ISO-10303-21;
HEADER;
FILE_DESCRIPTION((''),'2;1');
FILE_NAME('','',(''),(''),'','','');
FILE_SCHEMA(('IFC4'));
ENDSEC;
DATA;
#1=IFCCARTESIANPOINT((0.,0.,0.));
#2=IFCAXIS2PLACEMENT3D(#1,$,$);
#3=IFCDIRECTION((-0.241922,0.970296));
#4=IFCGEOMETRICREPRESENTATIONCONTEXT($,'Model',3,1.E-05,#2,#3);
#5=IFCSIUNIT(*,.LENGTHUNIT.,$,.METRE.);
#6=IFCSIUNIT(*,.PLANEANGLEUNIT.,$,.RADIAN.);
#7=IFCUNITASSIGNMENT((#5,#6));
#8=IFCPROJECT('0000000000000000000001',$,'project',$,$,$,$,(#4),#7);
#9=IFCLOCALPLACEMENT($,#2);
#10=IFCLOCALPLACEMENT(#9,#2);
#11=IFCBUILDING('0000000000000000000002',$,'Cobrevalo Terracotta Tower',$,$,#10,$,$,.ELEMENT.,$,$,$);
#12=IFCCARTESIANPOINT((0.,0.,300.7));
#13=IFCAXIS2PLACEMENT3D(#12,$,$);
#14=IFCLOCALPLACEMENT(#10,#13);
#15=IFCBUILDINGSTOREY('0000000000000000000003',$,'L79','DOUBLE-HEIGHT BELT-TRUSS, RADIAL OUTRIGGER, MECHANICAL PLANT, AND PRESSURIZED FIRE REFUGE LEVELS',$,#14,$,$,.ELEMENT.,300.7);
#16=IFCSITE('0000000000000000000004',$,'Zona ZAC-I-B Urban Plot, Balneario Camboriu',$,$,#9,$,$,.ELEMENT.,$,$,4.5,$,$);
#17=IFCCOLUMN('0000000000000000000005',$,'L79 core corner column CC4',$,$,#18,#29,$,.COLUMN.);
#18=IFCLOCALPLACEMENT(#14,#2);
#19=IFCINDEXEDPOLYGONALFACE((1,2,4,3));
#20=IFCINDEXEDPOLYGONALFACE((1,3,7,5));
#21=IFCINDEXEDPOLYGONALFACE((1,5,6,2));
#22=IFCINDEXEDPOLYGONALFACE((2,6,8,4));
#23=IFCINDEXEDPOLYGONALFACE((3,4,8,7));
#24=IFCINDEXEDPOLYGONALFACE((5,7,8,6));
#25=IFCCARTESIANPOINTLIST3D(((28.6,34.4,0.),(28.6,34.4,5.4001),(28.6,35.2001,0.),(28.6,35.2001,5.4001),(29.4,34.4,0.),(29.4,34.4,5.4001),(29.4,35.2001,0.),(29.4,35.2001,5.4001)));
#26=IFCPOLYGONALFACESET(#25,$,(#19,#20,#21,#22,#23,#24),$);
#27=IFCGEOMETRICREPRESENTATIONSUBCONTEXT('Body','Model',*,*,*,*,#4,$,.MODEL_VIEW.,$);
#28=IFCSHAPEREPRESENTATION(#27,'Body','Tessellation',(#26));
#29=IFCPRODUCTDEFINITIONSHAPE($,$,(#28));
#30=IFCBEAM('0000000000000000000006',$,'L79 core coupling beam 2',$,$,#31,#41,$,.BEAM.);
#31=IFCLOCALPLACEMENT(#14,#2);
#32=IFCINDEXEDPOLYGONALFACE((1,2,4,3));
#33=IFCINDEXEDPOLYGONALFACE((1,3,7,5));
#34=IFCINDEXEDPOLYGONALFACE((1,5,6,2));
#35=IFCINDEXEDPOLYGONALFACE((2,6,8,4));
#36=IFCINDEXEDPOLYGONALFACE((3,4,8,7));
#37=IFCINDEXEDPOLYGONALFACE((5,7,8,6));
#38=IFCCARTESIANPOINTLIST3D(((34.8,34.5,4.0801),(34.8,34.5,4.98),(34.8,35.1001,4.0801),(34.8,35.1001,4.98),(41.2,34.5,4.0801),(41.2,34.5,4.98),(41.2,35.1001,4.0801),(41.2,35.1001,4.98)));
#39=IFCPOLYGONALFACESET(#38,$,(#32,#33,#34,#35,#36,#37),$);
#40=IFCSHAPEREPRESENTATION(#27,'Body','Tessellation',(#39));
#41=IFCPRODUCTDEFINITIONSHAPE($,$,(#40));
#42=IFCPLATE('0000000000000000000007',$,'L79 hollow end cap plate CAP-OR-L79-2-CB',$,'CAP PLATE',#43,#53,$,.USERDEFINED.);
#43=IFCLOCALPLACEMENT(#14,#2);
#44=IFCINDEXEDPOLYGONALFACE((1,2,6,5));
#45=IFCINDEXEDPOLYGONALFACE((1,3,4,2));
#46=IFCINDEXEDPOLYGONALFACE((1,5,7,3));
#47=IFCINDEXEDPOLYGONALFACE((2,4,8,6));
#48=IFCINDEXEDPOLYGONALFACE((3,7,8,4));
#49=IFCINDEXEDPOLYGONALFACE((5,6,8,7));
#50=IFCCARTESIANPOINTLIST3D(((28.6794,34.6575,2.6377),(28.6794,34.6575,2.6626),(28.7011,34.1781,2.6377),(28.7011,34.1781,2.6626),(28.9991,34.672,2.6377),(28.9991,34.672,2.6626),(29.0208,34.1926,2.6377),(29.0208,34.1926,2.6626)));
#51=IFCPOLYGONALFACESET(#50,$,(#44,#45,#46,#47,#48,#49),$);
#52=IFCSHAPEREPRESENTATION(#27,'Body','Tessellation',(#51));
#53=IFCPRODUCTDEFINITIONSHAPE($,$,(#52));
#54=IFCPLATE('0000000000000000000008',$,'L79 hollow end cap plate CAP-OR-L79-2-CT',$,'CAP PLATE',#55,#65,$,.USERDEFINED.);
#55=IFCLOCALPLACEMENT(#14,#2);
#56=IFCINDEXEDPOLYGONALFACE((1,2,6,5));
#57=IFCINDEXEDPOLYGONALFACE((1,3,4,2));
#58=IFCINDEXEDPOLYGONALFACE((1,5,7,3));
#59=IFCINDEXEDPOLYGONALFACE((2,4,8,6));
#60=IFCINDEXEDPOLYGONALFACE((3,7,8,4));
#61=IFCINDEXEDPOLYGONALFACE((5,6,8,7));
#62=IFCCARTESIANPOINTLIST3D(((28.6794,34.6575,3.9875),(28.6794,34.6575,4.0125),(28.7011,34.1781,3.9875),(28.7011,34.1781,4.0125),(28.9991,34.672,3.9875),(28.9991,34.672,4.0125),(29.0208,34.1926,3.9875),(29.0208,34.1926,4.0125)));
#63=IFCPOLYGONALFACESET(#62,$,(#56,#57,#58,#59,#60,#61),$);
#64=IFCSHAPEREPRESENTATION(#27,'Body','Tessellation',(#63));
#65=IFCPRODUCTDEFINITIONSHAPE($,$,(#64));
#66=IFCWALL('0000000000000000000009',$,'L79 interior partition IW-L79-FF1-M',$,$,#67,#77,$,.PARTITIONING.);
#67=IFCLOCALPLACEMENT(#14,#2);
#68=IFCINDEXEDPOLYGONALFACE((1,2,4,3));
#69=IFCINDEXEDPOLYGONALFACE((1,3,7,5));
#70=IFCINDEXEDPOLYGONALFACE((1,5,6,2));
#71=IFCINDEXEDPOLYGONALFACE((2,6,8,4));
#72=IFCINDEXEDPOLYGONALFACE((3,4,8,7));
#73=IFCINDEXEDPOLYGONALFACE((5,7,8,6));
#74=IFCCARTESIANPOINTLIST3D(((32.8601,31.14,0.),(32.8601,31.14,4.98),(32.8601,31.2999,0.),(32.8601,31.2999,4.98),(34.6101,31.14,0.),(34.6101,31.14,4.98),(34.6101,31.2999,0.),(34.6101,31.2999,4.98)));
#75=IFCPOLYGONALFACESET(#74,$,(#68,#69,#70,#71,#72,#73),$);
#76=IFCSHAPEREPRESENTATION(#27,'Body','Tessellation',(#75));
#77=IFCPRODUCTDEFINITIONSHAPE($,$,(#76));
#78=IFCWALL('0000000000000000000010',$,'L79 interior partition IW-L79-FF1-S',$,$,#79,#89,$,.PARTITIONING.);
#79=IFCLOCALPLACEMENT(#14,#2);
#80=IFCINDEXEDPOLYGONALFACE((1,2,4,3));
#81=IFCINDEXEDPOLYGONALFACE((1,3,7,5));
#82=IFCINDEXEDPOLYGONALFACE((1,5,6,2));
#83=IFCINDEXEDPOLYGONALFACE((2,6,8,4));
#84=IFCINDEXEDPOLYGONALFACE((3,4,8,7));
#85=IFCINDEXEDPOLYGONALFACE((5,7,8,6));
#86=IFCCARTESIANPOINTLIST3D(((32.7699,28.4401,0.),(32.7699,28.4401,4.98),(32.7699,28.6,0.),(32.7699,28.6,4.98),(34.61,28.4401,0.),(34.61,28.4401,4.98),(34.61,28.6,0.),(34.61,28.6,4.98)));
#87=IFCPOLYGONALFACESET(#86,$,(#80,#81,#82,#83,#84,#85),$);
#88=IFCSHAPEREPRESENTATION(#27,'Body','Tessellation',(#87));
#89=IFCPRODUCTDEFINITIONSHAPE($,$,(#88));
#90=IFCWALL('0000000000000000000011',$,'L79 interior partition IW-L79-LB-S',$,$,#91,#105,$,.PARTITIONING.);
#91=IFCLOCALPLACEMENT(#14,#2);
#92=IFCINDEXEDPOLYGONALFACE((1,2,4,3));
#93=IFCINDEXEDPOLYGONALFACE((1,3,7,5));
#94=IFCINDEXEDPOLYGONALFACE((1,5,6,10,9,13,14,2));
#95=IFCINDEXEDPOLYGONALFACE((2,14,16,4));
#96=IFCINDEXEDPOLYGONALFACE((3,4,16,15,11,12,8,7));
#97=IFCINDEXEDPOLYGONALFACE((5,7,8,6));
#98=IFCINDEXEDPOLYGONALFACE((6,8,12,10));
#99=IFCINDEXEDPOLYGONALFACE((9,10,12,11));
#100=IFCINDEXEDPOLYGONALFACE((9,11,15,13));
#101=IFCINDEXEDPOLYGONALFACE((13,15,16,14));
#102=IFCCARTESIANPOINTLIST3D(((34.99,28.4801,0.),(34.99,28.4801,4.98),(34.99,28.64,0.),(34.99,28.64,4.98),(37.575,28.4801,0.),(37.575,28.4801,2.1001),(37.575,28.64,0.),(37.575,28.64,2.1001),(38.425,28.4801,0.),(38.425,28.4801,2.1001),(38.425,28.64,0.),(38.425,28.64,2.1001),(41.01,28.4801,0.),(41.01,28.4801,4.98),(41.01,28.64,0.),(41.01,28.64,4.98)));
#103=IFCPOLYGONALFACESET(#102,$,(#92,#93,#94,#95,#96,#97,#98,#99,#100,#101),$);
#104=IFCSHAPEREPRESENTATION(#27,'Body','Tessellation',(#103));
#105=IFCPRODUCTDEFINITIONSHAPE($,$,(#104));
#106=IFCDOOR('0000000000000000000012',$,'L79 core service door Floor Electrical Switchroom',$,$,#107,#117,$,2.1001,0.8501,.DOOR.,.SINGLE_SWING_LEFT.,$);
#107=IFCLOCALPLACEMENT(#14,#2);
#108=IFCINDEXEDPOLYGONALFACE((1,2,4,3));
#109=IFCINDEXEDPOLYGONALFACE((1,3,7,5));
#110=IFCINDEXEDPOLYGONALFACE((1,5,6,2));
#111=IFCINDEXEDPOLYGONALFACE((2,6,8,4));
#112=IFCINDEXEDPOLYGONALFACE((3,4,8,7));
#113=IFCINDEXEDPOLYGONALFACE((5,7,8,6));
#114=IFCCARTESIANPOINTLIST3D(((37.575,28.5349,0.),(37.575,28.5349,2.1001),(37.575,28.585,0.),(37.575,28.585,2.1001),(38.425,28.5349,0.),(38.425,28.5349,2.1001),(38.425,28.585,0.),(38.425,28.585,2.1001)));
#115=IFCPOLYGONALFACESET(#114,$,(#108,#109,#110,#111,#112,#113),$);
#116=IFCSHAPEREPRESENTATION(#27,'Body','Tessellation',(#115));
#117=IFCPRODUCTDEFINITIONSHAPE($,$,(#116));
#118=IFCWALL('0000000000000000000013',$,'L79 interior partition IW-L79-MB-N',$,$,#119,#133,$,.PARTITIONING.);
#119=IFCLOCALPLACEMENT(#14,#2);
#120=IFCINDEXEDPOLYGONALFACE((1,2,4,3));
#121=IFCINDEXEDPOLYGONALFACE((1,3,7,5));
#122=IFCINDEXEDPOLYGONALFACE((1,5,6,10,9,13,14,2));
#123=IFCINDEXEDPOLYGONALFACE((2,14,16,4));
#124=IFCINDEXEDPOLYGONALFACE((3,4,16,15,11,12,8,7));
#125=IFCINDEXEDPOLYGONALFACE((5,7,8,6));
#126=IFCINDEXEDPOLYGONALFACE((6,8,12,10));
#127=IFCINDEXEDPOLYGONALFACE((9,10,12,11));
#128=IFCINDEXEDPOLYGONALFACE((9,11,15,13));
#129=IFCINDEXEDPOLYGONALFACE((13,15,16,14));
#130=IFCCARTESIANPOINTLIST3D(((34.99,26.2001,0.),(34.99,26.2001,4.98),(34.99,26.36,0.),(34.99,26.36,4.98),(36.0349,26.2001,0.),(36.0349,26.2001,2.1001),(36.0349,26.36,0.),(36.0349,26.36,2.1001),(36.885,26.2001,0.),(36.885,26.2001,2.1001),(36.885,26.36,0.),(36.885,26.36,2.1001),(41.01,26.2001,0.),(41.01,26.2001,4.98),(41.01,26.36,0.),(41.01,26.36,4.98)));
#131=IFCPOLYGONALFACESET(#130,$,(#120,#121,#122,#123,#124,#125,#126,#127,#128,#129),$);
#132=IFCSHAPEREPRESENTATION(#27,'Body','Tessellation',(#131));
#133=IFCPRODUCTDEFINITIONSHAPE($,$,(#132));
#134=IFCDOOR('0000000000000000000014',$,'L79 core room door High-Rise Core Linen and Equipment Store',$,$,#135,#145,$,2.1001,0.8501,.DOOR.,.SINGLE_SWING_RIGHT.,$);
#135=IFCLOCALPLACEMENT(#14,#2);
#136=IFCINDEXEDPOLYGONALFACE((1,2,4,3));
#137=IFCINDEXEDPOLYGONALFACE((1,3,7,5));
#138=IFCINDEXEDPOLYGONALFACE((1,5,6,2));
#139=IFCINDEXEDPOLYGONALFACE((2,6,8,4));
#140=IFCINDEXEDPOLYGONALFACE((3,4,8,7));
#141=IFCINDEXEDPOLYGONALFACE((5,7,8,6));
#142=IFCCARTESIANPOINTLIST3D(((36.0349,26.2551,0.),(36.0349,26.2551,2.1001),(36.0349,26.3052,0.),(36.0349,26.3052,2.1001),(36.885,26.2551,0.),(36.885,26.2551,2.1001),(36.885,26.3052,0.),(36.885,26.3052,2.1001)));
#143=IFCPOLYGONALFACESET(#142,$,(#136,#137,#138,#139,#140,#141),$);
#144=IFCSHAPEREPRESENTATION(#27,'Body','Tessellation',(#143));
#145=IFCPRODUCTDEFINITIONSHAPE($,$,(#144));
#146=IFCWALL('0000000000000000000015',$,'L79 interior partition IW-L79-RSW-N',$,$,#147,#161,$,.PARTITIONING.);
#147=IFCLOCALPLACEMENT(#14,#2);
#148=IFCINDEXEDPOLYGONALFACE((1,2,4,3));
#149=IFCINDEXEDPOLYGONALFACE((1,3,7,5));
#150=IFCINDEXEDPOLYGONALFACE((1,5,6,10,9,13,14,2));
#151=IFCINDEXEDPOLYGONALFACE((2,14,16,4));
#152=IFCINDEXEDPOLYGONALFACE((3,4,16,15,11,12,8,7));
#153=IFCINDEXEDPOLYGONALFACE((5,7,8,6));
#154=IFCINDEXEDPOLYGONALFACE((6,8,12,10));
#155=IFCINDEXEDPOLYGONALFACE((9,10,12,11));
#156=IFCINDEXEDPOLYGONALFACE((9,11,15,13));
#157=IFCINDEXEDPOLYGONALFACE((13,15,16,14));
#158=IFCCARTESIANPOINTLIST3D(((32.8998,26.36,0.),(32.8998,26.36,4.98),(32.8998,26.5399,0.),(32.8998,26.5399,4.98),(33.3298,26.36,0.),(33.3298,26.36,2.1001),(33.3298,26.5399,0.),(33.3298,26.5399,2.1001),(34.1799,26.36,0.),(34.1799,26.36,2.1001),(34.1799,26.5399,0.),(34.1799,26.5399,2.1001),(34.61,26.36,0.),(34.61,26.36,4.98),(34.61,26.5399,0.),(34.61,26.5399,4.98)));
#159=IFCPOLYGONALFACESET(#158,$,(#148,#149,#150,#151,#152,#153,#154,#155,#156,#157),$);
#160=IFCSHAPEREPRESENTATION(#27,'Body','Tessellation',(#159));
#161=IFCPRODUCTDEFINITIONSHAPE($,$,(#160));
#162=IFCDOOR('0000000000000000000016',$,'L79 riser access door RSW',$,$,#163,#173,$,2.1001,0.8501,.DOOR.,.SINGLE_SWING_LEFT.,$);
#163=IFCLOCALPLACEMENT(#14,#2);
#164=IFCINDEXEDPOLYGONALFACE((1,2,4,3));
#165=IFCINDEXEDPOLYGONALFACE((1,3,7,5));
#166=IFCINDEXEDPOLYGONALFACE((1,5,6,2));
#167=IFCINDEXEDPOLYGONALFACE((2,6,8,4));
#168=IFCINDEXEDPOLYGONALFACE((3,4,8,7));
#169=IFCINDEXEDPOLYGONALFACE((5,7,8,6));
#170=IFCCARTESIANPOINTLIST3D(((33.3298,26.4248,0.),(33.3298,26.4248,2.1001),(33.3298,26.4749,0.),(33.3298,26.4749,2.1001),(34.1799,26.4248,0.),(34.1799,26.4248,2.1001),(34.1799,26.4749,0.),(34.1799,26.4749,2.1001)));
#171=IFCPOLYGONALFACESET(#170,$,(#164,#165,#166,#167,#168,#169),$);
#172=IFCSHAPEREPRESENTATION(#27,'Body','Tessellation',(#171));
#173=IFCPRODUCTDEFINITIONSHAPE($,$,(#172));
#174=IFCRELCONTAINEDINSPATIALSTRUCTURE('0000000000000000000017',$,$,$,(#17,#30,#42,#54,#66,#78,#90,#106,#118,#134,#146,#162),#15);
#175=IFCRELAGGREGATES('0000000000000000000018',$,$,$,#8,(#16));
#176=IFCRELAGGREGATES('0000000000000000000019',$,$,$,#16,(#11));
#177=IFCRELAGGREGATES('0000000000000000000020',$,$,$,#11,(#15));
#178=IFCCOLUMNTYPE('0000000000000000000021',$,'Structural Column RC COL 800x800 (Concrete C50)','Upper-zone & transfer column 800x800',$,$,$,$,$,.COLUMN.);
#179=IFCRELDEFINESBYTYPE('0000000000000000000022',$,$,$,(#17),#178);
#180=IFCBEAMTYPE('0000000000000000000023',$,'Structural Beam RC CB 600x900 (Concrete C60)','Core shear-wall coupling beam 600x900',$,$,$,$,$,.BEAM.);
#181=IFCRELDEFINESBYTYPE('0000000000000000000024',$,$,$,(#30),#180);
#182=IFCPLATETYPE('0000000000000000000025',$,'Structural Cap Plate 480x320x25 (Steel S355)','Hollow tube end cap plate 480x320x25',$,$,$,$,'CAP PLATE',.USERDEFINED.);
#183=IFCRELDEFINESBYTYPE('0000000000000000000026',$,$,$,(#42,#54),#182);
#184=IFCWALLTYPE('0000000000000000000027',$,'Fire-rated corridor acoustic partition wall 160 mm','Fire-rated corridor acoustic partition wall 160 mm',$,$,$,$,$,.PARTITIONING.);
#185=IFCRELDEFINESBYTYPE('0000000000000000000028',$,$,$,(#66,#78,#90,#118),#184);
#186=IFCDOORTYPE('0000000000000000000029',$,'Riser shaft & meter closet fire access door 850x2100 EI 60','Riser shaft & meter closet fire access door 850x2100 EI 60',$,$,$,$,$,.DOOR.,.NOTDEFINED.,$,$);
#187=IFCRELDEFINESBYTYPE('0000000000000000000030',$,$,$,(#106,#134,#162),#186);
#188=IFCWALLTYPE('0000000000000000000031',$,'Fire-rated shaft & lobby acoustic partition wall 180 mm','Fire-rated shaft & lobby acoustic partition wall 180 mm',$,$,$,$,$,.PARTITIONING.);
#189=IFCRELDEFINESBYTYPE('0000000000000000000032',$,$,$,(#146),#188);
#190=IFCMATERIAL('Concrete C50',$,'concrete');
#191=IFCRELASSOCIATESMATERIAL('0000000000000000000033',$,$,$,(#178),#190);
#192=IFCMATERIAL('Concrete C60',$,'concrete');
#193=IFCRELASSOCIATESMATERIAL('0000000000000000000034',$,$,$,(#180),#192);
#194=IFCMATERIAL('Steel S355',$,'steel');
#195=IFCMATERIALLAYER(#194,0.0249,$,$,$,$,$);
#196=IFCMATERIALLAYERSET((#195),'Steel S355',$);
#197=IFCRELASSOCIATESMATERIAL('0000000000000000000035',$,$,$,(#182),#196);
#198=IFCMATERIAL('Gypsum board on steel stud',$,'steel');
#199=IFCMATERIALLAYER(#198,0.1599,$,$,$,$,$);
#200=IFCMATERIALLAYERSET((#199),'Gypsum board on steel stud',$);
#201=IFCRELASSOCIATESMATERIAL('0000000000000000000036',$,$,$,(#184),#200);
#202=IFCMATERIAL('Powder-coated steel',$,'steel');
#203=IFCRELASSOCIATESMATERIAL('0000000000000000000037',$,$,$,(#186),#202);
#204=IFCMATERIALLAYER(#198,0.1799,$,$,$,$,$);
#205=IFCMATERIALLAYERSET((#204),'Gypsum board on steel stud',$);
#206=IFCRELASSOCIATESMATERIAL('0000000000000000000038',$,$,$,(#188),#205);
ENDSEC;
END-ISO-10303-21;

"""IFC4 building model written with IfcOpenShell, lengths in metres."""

from ifc_helpers import new_model, si_unit, direction, frame, frame_2d, origin, origin_2d, place, context, subcontext, project, spatial, rectangle, extrude, source, transform, mapped, material, layer, layer_set, material_profile, profile_set, type_object, element, fill, save


model = new_model("IFC4")

# Units and contexts
model_context = context("Model", 3, precision=1e-05, world=origin(), true_north=direction((-0.241922, 0.970296)))
body_context = subcontext(model_context, "Body", "Model", "MODEL_VIEW")
ifc_project = project(units=[si_unit("LENGTHUNIT", "METRE"), si_unit("PLANEANGLEUNIT", "RADIAN")], contexts=[model_context])

# Site, building, storey
site_placement = place(None, origin())
site = spatial("IfcSite", under=ifc_project, at=site_placement, Name="Zona ZAC-I-B Urban Plot, Balneario Camboriu", CompositionType="ELEMENT", RefElevation=4.5)
building_placement = place(site_placement, origin())
building = spatial("IfcBuilding", under=site, at=building_placement, Name="Cobrevalo Terracotta Tower", CompositionType="ELEMENT")
storey_placement = place(building_placement, frame((0.0, 0.0, 300.7)))
storey = spatial("IfcBuildingStorey", under=building, at=storey_placement, Name="L79", Description="DOUBLE-HEIGHT BELT-TRUSS, RADIAL OUTRIGGER, MECHANICAL PLANT, AND PRESSURIZED FIRE REFUGE LEVELS", CompositionType="ELEMENT", Elevation=300.7)

# Column
ifc_material_1 = material(Name="Concrete C50", Category="concrete")
ifc_material_profile_1 = material_profile(ifc_material_1, rectangle(XDim=0.8, YDim=0.8, at=origin_2d()), Name="RC COL 800x800")
ifc_profile_set_1 = profile_set([ifc_material_profile_1], Name="Concrete C50")
column_type = type_object("IfcColumnType", Name="Structural Column RC COL 800x800 (Concrete C50)", Description="Upper-zone & transfer column 800x800", PredefinedType="COLUMN", material=ifc_profile_set_1)
column_placement = place(storey_placement, frame((29.0, 34.8, 0.0), z_axis=(0.0, 0.0, 1.0), x_axis=(1.0, 0.0, 0.0)))
element("IfcColumn", 1, at=column_placement, inside=storey, type_object=column_type, Name="L79 core corner column CC4", PredefinedType="COLUMN", context=body_context, shape_type="SweptSolid", body=[
    extrude(rectangle(XDim=0.8, YDim=0.8, at=origin_2d()), origin(), (0.0, 0.0, 1.0), 5.4001),
])

# Beam
ifc_material_2 = material(Name="Concrete C60", Category="concrete")
ifc_material_profile_2 = material_profile(ifc_material_2, rectangle(XDim=0.6001, YDim=0.8999, at=origin_2d()), Name="RC CB 600x900")
ifc_profile_set_2 = profile_set([ifc_material_profile_2], Name="Concrete C60")
beam_type = type_object("IfcBeamType", Name="Structural Beam RC CB 600x900 (Concrete C60)", Description="Core shear-wall coupling beam 600x900", PredefinedType="BEAM", material=ifc_profile_set_2)
beam_placement = place(storey_placement, frame((34.8, 34.8, 4.53), z_axis=(1.0, 0.0, 0.0), x_axis=(0.0, 1.0, 0.0)))
element("IfcBeam", 2, at=beam_placement, inside=storey, type_object=beam_type, Name="L79 core coupling beam 2", PredefinedType="BEAM", context=body_context, shape_type="SweptSolid", body=[
    extrude(rectangle(XDim=0.6001, YDim=0.8999, at=origin_2d()), origin(), (0.0, 0.0, 1.0), 6.3999),
])

# Plates
ifc_material_3 = material(Name="Steel S355", Category="steel")
ifc_layer_1 = layer(ifc_material_3, 0.0249)
ifc_layer_set_1 = layer_set([ifc_layer_1], Name="Steel S355")
plate_type = type_object("IfcPlateType", Name="Structural Cap Plate 480x320x25 (Steel S355)", Description="Hollow tube end cap plate 480x320x25", ElementType="CAP PLATE", PredefinedType="USERDEFINED", material=ifc_layer_set_1)
shared_shape_1 = source(origin(), body_context, "Body", "SweptSolid", [
    extrude(rectangle(XDim=0.48, YDim=0.3201, at=origin_2d()), origin(), (0.0, 0.0, 1.0), 0.0249),
])
for number, where, z_axis, x_axis, name in (
    (3, (28.8501, 34.425, 2.6377), (0.0, 0.0, 1.0), (-0.045298, 0.998973, 0.0), "L79 hollow end cap plate CAP-OR-L79-2-CB"),
    (4, (28.8501, 34.425, 3.9875), (0.0, 0.0, 1.0), (-0.045298, 0.998973, 0.0), "L79 hollow end cap plate CAP-OR-L79-2-CT"),
):
    element("IfcPlate", number, at=place(storey_placement, frame(where, z_axis=z_axis, x_axis=x_axis)), inside=storey, type_object=plate_type, Name=name, ObjectType="CAP PLATE", PredefinedType="USERDEFINED", context=body_context, shape_type="MappedRepresentation", body=[
        mapped(shared_shape_1, transform((0.0, 0.0, 0.0), scale=1.0)),
    ])

# Walls
ifc_material_4 = material(Name="Gypsum board on steel stud", Category="steel")
ifc_layer_2 = layer(ifc_material_4, 0.1599)
ifc_layer_set_2 = layer_set([ifc_layer_2], Name="Gypsum board on steel stud")
wall_type_1 = type_object("IfcWallType", Name="Fire-rated corridor acoustic partition wall 160 mm", Description="Fire-rated corridor acoustic partition wall 160 mm", PredefinedType="PARTITIONING", material=ifc_layer_set_2)
wall_1_placement = place(storey_placement, frame((32.8601, 31.22, 0.0), z_axis=(0.0, 0.0, 1.0), x_axis=(1.0, 0.0, 0.0)))
element("IfcWall", 5, at=wall_1_placement, inside=storey, type_object=wall_type_1, Name="L79 interior partition IW-L79-FF1-M", PredefinedType="PARTITIONING", context=body_context, shape_type="SweptSolid", body=[
    extrude(rectangle(XDim=1.75, YDim=0.1599, at=frame_2d((0.875, 0.0))), origin(), (0.0, 0.0, 1.0), 4.98),
])
wall_2_placement = place(storey_placement, frame((32.77, 28.52, 0.0), z_axis=(0.0, 0.0, 1.0), x_axis=(1.0, 0.0, 0.0)))
element("IfcWall", 6, at=wall_2_placement, inside=storey, type_object=wall_type_1, Name="L79 interior partition IW-L79-FF1-S", PredefinedType="PARTITIONING", context=body_context, shape_type="SweptSolid", body=[
    extrude(rectangle(XDim=1.8401, YDim=0.1599, at=frame_2d((0.9199, 0.0))), origin(), (0.0, 0.0, 1.0), 4.98),
])

# Walls, openings, doors
wall_3_placement = place(storey_placement, frame((34.99, 28.5601, 0.0), z_axis=(0.0, 0.0, 1.0), x_axis=(1.0, 0.0, 0.0)))
wall_3 = element("IfcWall", 7, at=wall_3_placement, inside=storey, type_object=wall_type_1, Name="L79 interior partition IW-L79-LB-S", PredefinedType="PARTITIONING", context=body_context, shape_type="SweptSolid", body=[
    extrude(rectangle(XDim=6.02, YDim=0.1599, at=frame_2d((3.01, 0.0))), origin(), (0.0, 0.0, 1.0), 4.98),
])
opening_1_placement = place(wall_3_placement, frame((2.585, 0.0, 0.0)))
opening_1 = element("IfcOpeningElement", 8, at=opening_1_placement, cuts=wall_3, PredefinedType="OPENING", context=body_context, shape_type="SweptSolid", body=[
    extrude(rectangle(XDim=0.8501, YDim=2.1001, at=frame_2d((0.425, 1.05))), frame((0.0, 0.0898, 0.0), z_axis=(0.0, -1.0, 0.0), x_axis=(1.0, 0.0, 0.0)), (0.0, 0.0, 1.0), 0.1799),
])
ifc_material_5 = material(Name="Powder-coated steel", Category="steel")
door_type_1 = type_object("IfcDoorType", Name="Riser shaft & meter closet fire access door 850x2100 EI 60", Description="Riser shaft & meter closet fire access door 850x2100 EI 60", OperationType="NOTDEFINED", PredefinedType="DOOR", material=ifc_material_5)
shared_shape_2 = source(origin(), body_context, "Body", "SweptSolid", [
    extrude(rectangle(XDim=0.8501, YDim=2.1001, at=frame_2d((0.425, 1.05))), frame((0.0, 0.0249, 0.0), z_axis=(0.0, -1.0, 0.0), x_axis=(1.0, 0.0, 0.0)), (0.0, 0.0, 1.0), 0.05),
])
door_1_placement = place(opening_1_placement, origin())
door_1 = element("IfcDoor", 9, at=door_1_placement, inside=storey, type_object=door_type_1, Name="L79 core service door Floor Electrical Switchroom", OperationType="SINGLE_SWING_LEFT", OverallHeight=2.1001, OverallWidth=0.8501, PredefinedType="DOOR", context=body_context, shape_type="MappedRepresentation", body=[
    mapped(shared_shape_2, transform((0.0, 0.0, 0.0), scale=1.0)),
])
fill(opening_1, door_1)
wall_4_placement = place(storey_placement, frame((34.99, 26.28, 0.0), z_axis=(0.0, 0.0, 1.0), x_axis=(1.0, 0.0, 0.0)))
wall_4 = element("IfcWall", 10, at=wall_4_placement, inside=storey, type_object=wall_type_1, Name="L79 interior partition IW-L79-MB-N", PredefinedType="PARTITIONING", context=body_context, shape_type="SweptSolid", body=[
    extrude(rectangle(XDim=6.02, YDim=0.1599, at=frame_2d((3.01, 0.0))), origin(), (0.0, 0.0, 1.0), 4.98),
])
opening_2_placement = place(wall_4_placement, frame((1.0449, 0.0, 0.0)))
opening_2 = element("IfcOpeningElement", 11, at=opening_2_placement, cuts=wall_4, PredefinedType="OPENING", context=body_context, shape_type="SweptSolid", body=[
    extrude(rectangle(XDim=0.8501, YDim=2.1001, at=frame_2d((0.425, 1.05))), frame((0.0, 0.0898, 0.0), z_axis=(0.0, -1.0, 0.0), x_axis=(1.0, 0.0, 0.0)), (0.0, 0.0, 1.0), 0.1799),
])
door_2_placement = place(opening_2_placement, frame((0.8501, 0.0, 0.0), z_axis=(0.0, 0.0, 1.0), x_axis=(-1.0, 0.0, 0.0)))
door_2 = element("IfcDoor", 12, at=door_2_placement, inside=storey, type_object=door_type_1, Name="L79 core room door High-Rise Core Linen and Equipment Store", OperationType="SINGLE_SWING_RIGHT", OverallHeight=2.1001, OverallWidth=0.8501, PredefinedType="DOOR", context=body_context, shape_type="MappedRepresentation", body=[
    mapped(shared_shape_2, transform((0.0, 0.0, 0.0), scale=1.0)),
])
fill(opening_2, door_2)
ifc_layer_3 = layer(ifc_material_4, 0.1799)
ifc_layer_set_3 = layer_set([ifc_layer_3], Name="Gypsum board on steel stud")
wall_type_2 = type_object("IfcWallType", Name="Fire-rated shaft & lobby acoustic partition wall 180 mm", Description="Fire-rated shaft & lobby acoustic partition wall 180 mm", PredefinedType="PARTITIONING", material=ifc_layer_set_3)
wall_5_placement = place(storey_placement, frame((32.8999, 26.45, 0.0), z_axis=(0.0, 0.0, 1.0), x_axis=(1.0, 0.0, 0.0)))
wall_5 = element("IfcWall", 13, at=wall_5_placement, inside=storey, type_object=wall_type_2, Name="L79 interior partition IW-L79-RSW-N", PredefinedType="PARTITIONING", context=body_context, shape_type="SweptSolid", body=[
    extrude(rectangle(XDim=1.7102, YDim=0.1799, at=frame_2d((0.855, 0.0))), origin(), (0.0, 0.0, 1.0), 4.98),
])
opening_3_placement = place(wall_5_placement, frame((0.4299, 0.0, 0.0)))
opening_3 = element("IfcOpeningElement", 14, at=opening_3_placement, cuts=wall_5, PredefinedType="OPENING", context=body_context, shape_type="SweptSolid", body=[
    extrude(rectangle(XDim=0.8501, YDim=2.1001, at=frame_2d((0.425, 1.05))), frame((0.0, 0.1001, 0.0), z_axis=(0.0, -1.0, 0.0), x_axis=(1.0, 0.0, 0.0)), (0.0, 0.0, 1.0), 0.2),
])
door_3_placement = place(opening_3_placement, origin())
door_3 = element("IfcDoor", 15, at=door_3_placement, inside=storey, type_object=door_type_1, Name="L79 riser access door RSW", OperationType="SINGLE_SWING_LEFT", OverallHeight=2.1001, OverallWidth=0.8501, PredefinedType="DOOR", context=body_context, shape_type="MappedRepresentation", body=[
    mapped(shared_shape_2, transform((0.0, 0.0, 0.0), scale=1.0)),
])
fill(opening_3, door_3)

save(model, "model.ifc")
